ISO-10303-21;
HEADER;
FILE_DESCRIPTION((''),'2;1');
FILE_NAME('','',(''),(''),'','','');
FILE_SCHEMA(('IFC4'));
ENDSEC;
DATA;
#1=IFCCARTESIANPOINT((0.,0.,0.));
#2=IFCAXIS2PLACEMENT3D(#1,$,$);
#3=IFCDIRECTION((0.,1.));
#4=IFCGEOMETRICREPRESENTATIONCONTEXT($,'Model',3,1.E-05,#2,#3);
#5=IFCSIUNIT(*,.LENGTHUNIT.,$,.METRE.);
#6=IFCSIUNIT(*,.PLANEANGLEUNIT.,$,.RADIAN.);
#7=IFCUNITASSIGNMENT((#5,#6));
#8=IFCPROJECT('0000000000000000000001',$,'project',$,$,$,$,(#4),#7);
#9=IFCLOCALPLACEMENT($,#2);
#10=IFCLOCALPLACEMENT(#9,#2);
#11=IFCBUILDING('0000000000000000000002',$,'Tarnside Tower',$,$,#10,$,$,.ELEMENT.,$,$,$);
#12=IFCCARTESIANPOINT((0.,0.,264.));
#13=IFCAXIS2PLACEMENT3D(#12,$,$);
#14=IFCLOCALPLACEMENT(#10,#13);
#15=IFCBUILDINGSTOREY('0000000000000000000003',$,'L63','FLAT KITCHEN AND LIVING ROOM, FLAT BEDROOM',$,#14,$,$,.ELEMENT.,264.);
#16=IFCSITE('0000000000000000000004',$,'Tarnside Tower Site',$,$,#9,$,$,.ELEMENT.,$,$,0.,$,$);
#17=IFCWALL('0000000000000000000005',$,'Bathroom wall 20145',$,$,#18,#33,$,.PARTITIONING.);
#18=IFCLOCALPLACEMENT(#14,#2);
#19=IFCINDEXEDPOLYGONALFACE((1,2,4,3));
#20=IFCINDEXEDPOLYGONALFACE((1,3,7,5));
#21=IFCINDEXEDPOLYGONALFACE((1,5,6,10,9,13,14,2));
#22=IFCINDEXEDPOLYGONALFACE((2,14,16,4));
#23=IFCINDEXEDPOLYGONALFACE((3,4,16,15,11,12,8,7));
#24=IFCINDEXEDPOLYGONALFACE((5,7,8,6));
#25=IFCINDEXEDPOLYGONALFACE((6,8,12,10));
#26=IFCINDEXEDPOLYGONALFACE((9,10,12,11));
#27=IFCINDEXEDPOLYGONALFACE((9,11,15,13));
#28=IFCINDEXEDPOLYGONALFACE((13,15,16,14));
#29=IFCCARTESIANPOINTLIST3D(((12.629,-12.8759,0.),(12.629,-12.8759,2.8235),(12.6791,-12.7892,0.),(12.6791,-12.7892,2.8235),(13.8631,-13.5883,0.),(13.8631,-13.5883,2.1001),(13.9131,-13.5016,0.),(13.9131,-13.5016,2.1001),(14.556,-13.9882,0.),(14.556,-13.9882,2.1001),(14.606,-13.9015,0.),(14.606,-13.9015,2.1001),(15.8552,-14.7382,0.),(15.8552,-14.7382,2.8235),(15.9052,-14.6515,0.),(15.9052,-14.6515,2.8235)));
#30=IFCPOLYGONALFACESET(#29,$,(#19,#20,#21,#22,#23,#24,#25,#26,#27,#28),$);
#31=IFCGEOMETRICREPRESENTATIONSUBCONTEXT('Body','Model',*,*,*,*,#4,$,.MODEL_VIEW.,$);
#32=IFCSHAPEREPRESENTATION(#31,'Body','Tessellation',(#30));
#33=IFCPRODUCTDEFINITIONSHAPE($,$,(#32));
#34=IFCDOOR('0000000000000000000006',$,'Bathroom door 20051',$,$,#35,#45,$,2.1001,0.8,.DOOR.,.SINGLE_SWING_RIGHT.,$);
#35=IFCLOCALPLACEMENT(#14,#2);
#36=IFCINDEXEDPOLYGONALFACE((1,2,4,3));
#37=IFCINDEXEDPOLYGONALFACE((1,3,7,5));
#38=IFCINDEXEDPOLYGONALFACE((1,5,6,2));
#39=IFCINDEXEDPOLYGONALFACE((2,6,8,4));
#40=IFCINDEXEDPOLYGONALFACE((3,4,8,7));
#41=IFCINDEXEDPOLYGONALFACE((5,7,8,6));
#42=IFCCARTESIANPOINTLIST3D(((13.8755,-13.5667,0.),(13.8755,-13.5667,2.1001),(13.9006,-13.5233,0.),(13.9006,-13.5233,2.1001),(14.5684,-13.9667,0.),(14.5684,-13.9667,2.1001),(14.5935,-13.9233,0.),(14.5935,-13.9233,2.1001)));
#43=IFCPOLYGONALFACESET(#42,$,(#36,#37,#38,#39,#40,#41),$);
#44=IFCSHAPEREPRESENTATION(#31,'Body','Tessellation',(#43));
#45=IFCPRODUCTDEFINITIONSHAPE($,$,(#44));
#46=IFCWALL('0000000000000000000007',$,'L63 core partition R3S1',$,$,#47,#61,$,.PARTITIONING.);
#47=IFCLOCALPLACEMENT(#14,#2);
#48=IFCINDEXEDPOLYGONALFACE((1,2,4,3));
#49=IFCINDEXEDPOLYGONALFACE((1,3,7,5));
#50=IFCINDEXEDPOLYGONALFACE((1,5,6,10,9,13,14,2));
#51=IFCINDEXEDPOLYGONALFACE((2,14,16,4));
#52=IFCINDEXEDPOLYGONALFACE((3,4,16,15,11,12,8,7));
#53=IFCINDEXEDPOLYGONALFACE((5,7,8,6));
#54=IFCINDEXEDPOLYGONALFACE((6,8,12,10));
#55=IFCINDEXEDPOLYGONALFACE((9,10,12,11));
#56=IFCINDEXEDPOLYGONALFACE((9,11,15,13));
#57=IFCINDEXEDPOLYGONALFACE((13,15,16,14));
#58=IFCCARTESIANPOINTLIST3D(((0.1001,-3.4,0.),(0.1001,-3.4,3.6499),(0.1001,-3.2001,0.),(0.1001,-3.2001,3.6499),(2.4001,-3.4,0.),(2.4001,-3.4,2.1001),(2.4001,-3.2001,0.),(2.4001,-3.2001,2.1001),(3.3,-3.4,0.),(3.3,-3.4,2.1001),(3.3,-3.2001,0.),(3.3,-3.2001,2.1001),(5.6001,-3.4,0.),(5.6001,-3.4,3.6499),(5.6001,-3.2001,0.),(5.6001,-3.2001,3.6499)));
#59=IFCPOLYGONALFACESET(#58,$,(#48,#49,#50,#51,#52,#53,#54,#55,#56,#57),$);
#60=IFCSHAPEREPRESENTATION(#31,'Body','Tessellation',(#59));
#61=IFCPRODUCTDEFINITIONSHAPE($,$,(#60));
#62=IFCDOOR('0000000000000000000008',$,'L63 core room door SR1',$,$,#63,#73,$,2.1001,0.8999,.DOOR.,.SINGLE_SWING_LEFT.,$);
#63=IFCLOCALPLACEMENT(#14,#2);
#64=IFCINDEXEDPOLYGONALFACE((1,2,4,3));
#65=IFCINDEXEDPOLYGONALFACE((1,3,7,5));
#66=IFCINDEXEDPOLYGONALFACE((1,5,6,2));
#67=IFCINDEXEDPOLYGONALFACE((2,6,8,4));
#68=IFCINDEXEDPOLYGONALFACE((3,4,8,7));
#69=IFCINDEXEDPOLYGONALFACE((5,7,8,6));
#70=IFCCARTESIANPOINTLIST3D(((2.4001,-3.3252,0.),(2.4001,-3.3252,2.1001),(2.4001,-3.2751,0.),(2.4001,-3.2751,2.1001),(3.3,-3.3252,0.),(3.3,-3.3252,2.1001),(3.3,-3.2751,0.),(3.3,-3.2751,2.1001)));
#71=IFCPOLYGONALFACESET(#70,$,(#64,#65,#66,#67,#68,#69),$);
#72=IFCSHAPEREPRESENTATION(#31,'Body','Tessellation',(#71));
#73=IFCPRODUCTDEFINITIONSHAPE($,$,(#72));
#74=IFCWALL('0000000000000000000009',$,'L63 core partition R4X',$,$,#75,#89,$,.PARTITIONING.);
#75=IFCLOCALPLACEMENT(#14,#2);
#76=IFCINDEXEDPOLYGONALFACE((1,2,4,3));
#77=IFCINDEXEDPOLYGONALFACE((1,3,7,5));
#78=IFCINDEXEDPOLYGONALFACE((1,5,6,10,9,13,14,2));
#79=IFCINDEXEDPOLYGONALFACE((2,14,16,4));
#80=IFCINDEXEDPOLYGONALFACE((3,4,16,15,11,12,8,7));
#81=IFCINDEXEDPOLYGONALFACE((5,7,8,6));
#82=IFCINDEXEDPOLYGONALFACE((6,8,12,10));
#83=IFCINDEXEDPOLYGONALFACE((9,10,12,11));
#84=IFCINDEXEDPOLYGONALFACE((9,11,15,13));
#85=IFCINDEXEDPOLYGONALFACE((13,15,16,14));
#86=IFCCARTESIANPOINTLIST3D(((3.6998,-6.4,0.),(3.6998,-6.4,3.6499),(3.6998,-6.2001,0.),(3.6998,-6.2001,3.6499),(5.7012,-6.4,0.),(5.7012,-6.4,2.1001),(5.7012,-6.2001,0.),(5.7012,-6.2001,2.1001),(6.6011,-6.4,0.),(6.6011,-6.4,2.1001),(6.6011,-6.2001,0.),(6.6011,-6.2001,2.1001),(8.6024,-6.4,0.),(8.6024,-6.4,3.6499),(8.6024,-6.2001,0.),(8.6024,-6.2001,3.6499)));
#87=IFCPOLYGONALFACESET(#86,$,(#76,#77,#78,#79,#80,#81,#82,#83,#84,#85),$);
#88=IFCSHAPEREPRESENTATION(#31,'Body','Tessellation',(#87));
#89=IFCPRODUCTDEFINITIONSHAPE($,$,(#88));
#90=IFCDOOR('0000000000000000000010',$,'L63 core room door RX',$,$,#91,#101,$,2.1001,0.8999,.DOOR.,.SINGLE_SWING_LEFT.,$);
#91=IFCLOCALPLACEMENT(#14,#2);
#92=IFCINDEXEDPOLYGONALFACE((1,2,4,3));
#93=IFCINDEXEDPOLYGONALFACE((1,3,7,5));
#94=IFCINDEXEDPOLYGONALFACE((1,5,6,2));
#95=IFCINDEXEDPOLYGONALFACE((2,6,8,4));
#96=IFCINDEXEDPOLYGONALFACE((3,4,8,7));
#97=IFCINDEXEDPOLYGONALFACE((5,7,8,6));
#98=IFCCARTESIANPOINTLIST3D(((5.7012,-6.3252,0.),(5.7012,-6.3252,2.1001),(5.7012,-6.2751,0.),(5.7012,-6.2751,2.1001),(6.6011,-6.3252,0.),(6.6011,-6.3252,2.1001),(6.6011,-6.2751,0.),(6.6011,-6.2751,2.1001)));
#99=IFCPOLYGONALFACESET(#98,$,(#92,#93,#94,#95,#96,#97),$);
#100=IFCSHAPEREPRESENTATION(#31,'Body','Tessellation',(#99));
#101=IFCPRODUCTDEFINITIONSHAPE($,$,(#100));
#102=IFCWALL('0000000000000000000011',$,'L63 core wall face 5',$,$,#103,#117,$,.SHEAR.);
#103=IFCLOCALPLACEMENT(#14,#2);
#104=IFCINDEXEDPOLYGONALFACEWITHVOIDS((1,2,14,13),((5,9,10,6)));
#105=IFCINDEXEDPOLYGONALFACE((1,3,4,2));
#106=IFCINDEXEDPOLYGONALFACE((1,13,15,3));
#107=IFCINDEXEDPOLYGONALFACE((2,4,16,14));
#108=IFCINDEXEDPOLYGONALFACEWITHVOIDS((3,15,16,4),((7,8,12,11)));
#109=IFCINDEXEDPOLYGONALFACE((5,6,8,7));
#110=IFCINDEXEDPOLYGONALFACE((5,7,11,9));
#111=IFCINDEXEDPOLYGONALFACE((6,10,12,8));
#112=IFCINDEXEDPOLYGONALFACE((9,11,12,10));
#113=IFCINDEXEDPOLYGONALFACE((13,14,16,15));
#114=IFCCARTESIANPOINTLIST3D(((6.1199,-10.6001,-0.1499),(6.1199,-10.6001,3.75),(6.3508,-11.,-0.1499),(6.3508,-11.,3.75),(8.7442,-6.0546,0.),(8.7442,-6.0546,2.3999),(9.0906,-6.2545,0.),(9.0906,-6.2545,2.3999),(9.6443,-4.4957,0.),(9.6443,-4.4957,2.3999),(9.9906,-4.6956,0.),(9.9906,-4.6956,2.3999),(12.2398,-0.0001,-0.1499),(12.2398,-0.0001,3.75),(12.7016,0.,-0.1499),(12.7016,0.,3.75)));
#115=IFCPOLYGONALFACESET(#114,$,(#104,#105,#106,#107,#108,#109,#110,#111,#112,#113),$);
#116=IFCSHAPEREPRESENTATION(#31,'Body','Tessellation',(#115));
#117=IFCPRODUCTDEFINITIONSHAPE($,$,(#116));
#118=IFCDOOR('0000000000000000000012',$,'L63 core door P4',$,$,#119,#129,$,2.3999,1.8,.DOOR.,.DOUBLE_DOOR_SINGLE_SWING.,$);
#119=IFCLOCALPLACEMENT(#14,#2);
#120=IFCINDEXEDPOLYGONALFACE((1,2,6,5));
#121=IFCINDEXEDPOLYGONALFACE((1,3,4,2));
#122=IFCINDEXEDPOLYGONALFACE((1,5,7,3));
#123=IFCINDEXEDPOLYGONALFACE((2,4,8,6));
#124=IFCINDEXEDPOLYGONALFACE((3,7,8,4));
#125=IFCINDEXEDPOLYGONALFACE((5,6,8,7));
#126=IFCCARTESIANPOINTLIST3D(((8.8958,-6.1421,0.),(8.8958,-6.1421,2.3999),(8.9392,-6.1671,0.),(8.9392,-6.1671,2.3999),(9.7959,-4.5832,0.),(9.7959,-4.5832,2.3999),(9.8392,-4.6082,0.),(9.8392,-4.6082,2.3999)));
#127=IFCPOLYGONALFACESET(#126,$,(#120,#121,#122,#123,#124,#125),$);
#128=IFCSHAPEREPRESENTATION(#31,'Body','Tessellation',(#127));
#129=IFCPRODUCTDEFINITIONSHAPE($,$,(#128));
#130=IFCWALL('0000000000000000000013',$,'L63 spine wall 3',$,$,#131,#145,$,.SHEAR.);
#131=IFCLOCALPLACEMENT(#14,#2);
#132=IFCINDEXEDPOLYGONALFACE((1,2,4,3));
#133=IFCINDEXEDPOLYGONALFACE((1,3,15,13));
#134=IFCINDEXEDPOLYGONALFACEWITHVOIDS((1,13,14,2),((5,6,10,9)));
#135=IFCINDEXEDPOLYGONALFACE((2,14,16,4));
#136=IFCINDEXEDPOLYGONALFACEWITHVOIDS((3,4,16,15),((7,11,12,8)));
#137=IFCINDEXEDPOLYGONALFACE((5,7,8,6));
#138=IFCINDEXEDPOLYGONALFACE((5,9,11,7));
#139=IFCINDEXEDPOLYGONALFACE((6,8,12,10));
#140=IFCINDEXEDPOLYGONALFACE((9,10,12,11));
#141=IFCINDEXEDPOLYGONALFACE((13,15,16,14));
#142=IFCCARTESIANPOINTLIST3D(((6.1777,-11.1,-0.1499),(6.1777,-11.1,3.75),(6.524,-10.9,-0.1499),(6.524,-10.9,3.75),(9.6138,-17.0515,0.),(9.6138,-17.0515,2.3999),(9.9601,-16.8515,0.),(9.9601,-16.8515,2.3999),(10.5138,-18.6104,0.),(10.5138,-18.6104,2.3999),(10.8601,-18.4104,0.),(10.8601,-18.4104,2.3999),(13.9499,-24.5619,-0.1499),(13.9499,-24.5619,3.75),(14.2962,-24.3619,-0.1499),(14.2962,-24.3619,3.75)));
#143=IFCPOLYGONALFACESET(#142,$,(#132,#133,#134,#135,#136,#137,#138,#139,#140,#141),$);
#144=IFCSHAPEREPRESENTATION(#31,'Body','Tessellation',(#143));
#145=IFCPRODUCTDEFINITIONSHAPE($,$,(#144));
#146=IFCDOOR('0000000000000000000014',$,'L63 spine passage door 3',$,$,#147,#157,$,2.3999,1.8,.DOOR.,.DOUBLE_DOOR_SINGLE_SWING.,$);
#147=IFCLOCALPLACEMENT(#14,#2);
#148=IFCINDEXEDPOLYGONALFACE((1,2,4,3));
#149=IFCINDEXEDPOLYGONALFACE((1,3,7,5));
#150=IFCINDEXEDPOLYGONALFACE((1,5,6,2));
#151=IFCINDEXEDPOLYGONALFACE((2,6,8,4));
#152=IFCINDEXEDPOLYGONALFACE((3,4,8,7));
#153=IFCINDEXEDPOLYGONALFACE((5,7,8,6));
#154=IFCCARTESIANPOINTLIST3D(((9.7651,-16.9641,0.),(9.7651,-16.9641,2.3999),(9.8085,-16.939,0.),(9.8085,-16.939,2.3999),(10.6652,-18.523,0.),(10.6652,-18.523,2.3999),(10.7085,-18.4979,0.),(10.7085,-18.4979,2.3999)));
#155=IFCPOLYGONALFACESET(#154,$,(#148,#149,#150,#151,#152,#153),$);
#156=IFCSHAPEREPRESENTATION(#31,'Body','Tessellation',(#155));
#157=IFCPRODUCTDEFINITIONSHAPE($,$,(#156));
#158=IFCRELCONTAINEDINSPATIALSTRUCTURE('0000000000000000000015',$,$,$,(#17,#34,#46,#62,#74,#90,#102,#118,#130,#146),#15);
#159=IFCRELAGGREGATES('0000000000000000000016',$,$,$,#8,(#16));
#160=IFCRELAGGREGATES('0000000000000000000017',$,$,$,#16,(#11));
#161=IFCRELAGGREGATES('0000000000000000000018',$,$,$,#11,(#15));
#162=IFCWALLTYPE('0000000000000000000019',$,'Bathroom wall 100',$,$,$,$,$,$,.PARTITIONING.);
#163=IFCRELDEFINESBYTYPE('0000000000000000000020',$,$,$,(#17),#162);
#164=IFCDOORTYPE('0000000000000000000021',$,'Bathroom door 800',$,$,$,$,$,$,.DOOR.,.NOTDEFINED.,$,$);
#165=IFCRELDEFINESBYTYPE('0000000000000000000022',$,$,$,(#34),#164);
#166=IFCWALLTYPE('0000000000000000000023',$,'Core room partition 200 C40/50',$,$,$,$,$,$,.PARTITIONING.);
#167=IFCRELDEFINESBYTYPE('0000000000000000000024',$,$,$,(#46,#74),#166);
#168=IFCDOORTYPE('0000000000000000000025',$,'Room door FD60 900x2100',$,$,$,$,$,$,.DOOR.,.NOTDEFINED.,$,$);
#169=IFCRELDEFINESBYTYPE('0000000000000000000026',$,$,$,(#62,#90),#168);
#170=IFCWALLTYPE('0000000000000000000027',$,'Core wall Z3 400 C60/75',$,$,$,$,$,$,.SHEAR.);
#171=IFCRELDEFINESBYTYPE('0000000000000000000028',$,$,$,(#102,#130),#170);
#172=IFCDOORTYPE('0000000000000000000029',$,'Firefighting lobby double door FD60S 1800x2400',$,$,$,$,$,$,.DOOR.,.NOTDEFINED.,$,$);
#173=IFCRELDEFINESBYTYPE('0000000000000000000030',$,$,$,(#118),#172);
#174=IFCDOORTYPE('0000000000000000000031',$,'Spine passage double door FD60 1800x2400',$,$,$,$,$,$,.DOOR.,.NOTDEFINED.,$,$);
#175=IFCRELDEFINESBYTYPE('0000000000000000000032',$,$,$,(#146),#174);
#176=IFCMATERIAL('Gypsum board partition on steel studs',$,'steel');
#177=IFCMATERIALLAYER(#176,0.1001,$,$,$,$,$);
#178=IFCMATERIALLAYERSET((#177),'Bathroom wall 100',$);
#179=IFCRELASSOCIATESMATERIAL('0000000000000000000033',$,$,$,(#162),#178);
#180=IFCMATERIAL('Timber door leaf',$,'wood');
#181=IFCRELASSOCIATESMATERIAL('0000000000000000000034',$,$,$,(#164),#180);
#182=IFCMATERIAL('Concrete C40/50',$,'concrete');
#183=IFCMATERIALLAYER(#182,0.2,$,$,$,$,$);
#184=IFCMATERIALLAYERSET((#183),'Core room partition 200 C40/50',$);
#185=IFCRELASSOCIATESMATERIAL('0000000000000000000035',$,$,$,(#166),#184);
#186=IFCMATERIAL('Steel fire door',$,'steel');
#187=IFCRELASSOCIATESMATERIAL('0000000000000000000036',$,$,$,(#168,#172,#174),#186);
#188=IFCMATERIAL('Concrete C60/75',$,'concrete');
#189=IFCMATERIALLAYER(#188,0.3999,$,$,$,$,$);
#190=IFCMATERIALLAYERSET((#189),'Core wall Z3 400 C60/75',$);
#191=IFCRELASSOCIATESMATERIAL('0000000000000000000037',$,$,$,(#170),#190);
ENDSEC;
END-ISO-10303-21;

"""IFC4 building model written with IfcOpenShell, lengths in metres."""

from ifc_helpers import new_model, si_unit, direction, frame, frame_2d, origin, place, context, subcontext, project, spatial, polyline, rectangle, outline, extrude, material, layer, layer_set, type_object, element, fill, save


model = new_model("IFC4")

# Units and contexts
model_context = context("Model", 3, precision=1e-05, world=origin(), true_north=direction((0.0, 1.0)))
body_context = subcontext(model_context, "Body", "Model", "MODEL_VIEW")
ifc_project = project(units=[si_unit("LENGTHUNIT", "METRE"), si_unit("PLANEANGLEUNIT", "RADIAN")], contexts=[model_context])

# Site, building, storey
site_placement = place(None, origin())
site = spatial("IfcSite", under=ifc_project, at=site_placement, Name="Tarnside Tower Site", CompositionType="ELEMENT", RefElevation=0.0)
building_placement = place(site_placement, origin())
building = spatial("IfcBuilding", under=site, at=building_placement, Name="Tarnside Tower", CompositionType="ELEMENT")
storey_placement = place(building_placement, frame((0.0, 0.0, 264.0)))
storey = spatial("IfcBuildingStorey", under=building, at=storey_placement, Name="L63", Description="FLAT KITCHEN AND LIVING ROOM, FLAT BEDROOM", CompositionType="ELEMENT", Elevation=264.0)

# Walls, openings, doors
ifc_material_1 = material(Name="Gypsum board partition on steel studs", Category="steel")
ifc_layer_1 = layer(ifc_material_1, 0.1001)
ifc_layer_set_1 = layer_set([ifc_layer_1], Name="Bathroom wall 100")
wall_type_1 = type_object("IfcWallType", Name="Bathroom wall 100", PredefinedType="PARTITIONING", material=ifc_layer_set_1)
wall_1_placement = place(storey_placement, frame((12.6541, -12.8325, 0.0), z_axis=(0.0, 0.0, 1.0), x_axis=(0.866057, -0.499946, 0.0)))
wall_1 = element("IfcWall", 1, at=wall_1_placement, inside=storey, type_object=wall_type_1, Name="Bathroom wall 20145", PredefinedType="PARTITIONING", context=body_context, shape_type="SweptSolid", body=[
    extrude(rectangle(XDim=3.7251, YDim=0.1001, at=frame_2d((1.8625, 0.0))), origin(), (0.0, 0.0, 1.0), 2.8235),
])
opening_1_placement = place(wall_1_placement, frame((1.425, 0.0, 0.0)))
opening_1 = element("IfcOpeningElement", 2, at=opening_1_placement, cuts=wall_1, PredefinedType="OPENING", context=body_context, shape_type="SweptSolid", body=[
    extrude(rectangle(XDim=0.8, YDim=2.1001, at=frame_2d((0.3999, 1.05))), frame((0.0, 0.0601, 0.0), z_axis=(0.0, -1.0, 0.0), x_axis=(1.0, 0.0, 0.0)), (0.0, 0.0, 1.0), 0.1201),
])
ifc_material_2 = material(Name="Timber door leaf", Category="wood")
door_type_1 = type_object("IfcDoorType", Name="Bathroom door 800", OperationType="NOTDEFINED", PredefinedType="DOOR", material=ifc_material_2)
door_1_placement = place(opening_1_placement, origin())
door_1 = element("IfcDoor", 3, at=door_1_placement, inside=storey, type_object=door_type_1, Name="Bathroom door 20051", OperationType="SINGLE_SWING_RIGHT", OverallHeight=2.1001, OverallWidth=0.8, PredefinedType="DOOR", context=body_context, shape_type="SweptSolid", body=[
    extrude(rectangle(XDim=0.8, YDim=2.1001, at=frame_2d((0.3999, 1.05))), frame((0.0, 0.0249, 0.0), z_axis=(0.0, -1.0, 0.0), x_axis=(1.0, 0.0, 0.0)), (0.0, 0.0, 1.0), 0.05),
])
fill(opening_1, door_1)
ifc_material_3 = material(Name="Concrete C40/50", Category="concrete")
ifc_layer_2 = layer(ifc_material_3, 0.2)
ifc_layer_set_2 = layer_set([ifc_layer_2], Name="Core room partition 200 C40/50")
wall_type_2 = type_object("IfcWallType", Name="Core room partition 200 C40/50", PredefinedType="PARTITIONING", material=ifc_layer_set_2)
wall_2_placement = place(storey_placement, frame((0.1001, -3.3, 0.0), z_axis=(0.0, 0.0, 1.0), x_axis=(1.0, 0.0, 0.0)))
wall_2 = element("IfcWall", 4, at=wall_2_placement, inside=storey, type_object=wall_type_2, Name="L63 core partition R3S1", PredefinedType="PARTITIONING", context=body_context, shape_type="SweptSolid", body=[
    extrude(rectangle(XDim=5.5, YDim=0.2, at=frame_2d((2.75, 0.0))), origin(), (0.0, 0.0, 1.0), 3.6499),
])
opening_2_placement = place(wall_2_placement, frame((2.3, 0.0, 0.0)))
opening_2 = element("IfcOpeningElement", 5, at=opening_2_placement, cuts=wall_2, PredefinedType="OPENING", context=body_context, shape_type="SweptSolid", body=[
    extrude(rectangle(XDim=0.8999, YDim=2.1001, at=frame_2d((0.45, 1.05))), frame((0.0, 0.1099, 0.0), z_axis=(0.0, -1.0, 0.0), x_axis=(1.0, 0.0, 0.0)), (0.0, 0.0, 1.0), 0.22),
])
ifc_material_4 = material(Name="Steel fire door", Category="steel")
door_type_2 = type_object("IfcDoorType", Name="Room door FD60 900x2100", OperationType="NOTDEFINED", PredefinedType="DOOR", material=ifc_material_4)
door_2_placement = place(opening_2_placement, origin())
door_2 = element("IfcDoor", 6, at=door_2_placement, inside=storey, type_object=door_type_2, Name="L63 core room door SR1", OperationType="SINGLE_SWING_LEFT", OverallHeight=2.1001, OverallWidth=0.8999, PredefinedType="DOOR", context=body_context, shape_type="SweptSolid", body=[
    extrude(rectangle(XDim=0.8999, YDim=2.1001, at=frame_2d((0.45, 1.05))), frame((0.0, 0.0249, 0.0), z_axis=(0.0, -1.0, 0.0), x_axis=(1.0, 0.0, 0.0)), (0.0, 0.0, 1.0), 0.05),
])
fill(opening_2, door_2)
wall_3_placement = place(storey_placement, frame((3.7, -6.3, 0.0), z_axis=(0.0, 0.0, 1.0), x_axis=(1.0, 0.0, 0.0)))
wall_3 = element("IfcWall", 7, at=wall_3_placement, inside=storey, type_object=wall_type_2, Name="L63 core partition R4X", PredefinedType="PARTITIONING", context=body_context, shape_type="SweptSolid", body=[
    extrude(rectangle(XDim=4.9026, YDim=0.2, at=frame_2d((2.4512, 0.0))), origin(), (0.0, 0.0, 1.0), 3.6499),
])
opening_3_placement = place(wall_3_placement, frame((2.0012, 0.0, 0.0)))
opening_3 = element("IfcOpeningElement", 8, at=opening_3_placement, cuts=wall_3, PredefinedType="OPENING", context=body_context, shape_type="SweptSolid", body=[
    extrude(rectangle(XDim=0.8999, YDim=2.1001, at=frame_2d((0.45, 1.05))), frame((0.0, 0.1099, 0.0), z_axis=(0.0, -1.0, 0.0), x_axis=(1.0, 0.0, 0.0)), (0.0, 0.0, 1.0), 0.22),
])
door_3_placement = place(opening_3_placement, origin())
door_3 = element("IfcDoor", 9, at=door_3_placement, inside=storey, type_object=door_type_2, Name="L63 core room door RX", OperationType="SINGLE_SWING_LEFT", OverallHeight=2.1001, OverallWidth=0.8999, PredefinedType="DOOR", context=body_context, shape_type="SweptSolid", body=[
    extrude(rectangle(XDim=0.8999, YDim=2.1001, at=frame_2d((0.45, 1.05))), frame((0.0, 0.0249, 0.0), z_axis=(0.0, -1.0, 0.0), x_axis=(1.0, 0.0, 0.0)), (0.0, 0.0, 1.0), 0.05),
])
fill(opening_3, door_3)
ifc_material_5 = material(Name="Concrete C60/75", Category="concrete")
ifc_layer_3 = layer(ifc_material_5, 0.3999)
ifc_layer_set_3 = layer_set([ifc_layer_3], Name="Core wall Z3 400 C60/75")
wall_type_3 = type_object("IfcWallType", Name="Core wall Z3 400 C60/75", PredefinedType="SHEAR", material=ifc_layer_set_3)
wall_4_placement = place(storey_placement, frame((6.2354, -10.8, -0.1499), z_axis=(0.0, 0.0, 1.0), x_axis=(0.499996, 0.866027, 0.0)))
wall_4 = element("IfcWall", 10, at=wall_4_placement, inside=storey, type_object=wall_type_3, Name="L63 core wall face 5", PredefinedType="SHEAR", context=body_context, shape_type="SweptSolid", body=[
    extrude(outline(polyline([(-0.1155, -0.2), (12.5862, -0.2), (12.3552, 0.2), (0.1155, 0.2), (-0.1155, -0.2)])), origin(), (0.0, 0.0, 1.0), 3.8999),
])
opening_4_placement = place(wall_4_placement, frame((5.3643, 0.0, 0.1499)))
opening_4 = element("IfcOpeningElement", 11, at=opening_4_placement, cuts=wall_4, PredefinedType="OPENING", context=body_context, shape_type="SweptSolid", body=[
    extrude(rectangle(XDim=1.8, YDim=2.3999, at=frame_2d((0.8999, 1.2))), frame((0.0, 0.21, 0.0), z_axis=(0.0, -1.0, 0.0), x_axis=(1.0, 0.0, 0.0)), (0.0, 0.0, 1.0), 0.4199),
])
door_type_3 = type_object("IfcDoorType", Name="Firefighting lobby double door FD60S 1800x2400", OperationType="NOTDEFINED", PredefinedType="DOOR", material=ifc_material_4)
door_4_placement = place(opening_4_placement, origin())
door_4 = element("IfcDoor", 12, at=door_4_placement, inside=storey, type_object=door_type_3, Name="L63 core door P4", OperationType="DOUBLE_DOOR_SINGLE_SWING", OverallHeight=2.3999, OverallWidth=1.8, PredefinedType="DOOR", context=body_context, shape_type="SweptSolid", body=[
    extrude(rectangle(XDim=1.8, YDim=2.3999, at=frame_2d((0.8999, 1.2))), frame((0.0, 0.0249, 0.0), z_axis=(0.0, -1.0, 0.0), x_axis=(1.0, 0.0, 0.0)), (0.0, 0.0, 1.0), 0.05),
])
fill(opening_4, door_4)
wall_5_placement = place(storey_placement, frame((6.3508, -11.0, -0.1499), z_axis=(0.0, 0.0, 1.0), x_axis=(0.499999, -0.866026, 0.0)))
wall_5 = element("IfcWall", 13, at=wall_5_placement, inside=storey, type_object=wall_type_3, Name="L63 spine wall 3", PredefinedType="SHEAR", context=body_context, shape_type="SweptSolid", body=[
    extrude(rectangle(XDim=15.5444, YDim=0.3999, at=frame_2d((7.7722, 0.0))), origin(), (0.0, 0.0, 1.0), 3.8999),
])
opening_5_placement = place(wall_5_placement, frame((6.8723, 0.0, 0.1499)))
opening_5 = element("IfcOpeningElement", 14, at=opening_5_placement, cuts=wall_5, PredefinedType="OPENING", context=body_context, shape_type="SweptSolid", body=[
    extrude(rectangle(XDim=1.8, YDim=2.3999, at=frame_2d((0.8999, 1.2))), frame((0.0, 0.21, 0.0), z_axis=(0.0, -1.0, 0.0), x_axis=(1.0, 0.0, 0.0)), (0.0, 0.0, 1.0), 0.4199),
])
door_type_4 = type_object("IfcDoorType", Name="Spine passage double door FD60 1800x2400", OperationType="NOTDEFINED", PredefinedType="DOOR", material=ifc_material_4)
door_5_placement = place(opening_5_placement, origin())
door_5 = element("IfcDoor", 15, at=door_5_placement, inside=storey, type_object=door_type_4, Name="L63 spine passage door 3", OperationType="DOUBLE_DOOR_SINGLE_SWING", OverallHeight=2.3999, OverallWidth=1.8, PredefinedType="DOOR", context=body_context, shape_type="SweptSolid", body=[
    extrude(rectangle(XDim=1.8, YDim=2.3999, at=frame_2d((0.8999, 1.2))), frame((0.0, 0.0249, 0.0), z_axis=(0.0, -1.0, 0.0), x_axis=(1.0, 0.0, 0.0)), (0.0, 0.0, 1.0), 0.05),
])
fill(opening_5, door_5)

save(model, "model.ifc")
